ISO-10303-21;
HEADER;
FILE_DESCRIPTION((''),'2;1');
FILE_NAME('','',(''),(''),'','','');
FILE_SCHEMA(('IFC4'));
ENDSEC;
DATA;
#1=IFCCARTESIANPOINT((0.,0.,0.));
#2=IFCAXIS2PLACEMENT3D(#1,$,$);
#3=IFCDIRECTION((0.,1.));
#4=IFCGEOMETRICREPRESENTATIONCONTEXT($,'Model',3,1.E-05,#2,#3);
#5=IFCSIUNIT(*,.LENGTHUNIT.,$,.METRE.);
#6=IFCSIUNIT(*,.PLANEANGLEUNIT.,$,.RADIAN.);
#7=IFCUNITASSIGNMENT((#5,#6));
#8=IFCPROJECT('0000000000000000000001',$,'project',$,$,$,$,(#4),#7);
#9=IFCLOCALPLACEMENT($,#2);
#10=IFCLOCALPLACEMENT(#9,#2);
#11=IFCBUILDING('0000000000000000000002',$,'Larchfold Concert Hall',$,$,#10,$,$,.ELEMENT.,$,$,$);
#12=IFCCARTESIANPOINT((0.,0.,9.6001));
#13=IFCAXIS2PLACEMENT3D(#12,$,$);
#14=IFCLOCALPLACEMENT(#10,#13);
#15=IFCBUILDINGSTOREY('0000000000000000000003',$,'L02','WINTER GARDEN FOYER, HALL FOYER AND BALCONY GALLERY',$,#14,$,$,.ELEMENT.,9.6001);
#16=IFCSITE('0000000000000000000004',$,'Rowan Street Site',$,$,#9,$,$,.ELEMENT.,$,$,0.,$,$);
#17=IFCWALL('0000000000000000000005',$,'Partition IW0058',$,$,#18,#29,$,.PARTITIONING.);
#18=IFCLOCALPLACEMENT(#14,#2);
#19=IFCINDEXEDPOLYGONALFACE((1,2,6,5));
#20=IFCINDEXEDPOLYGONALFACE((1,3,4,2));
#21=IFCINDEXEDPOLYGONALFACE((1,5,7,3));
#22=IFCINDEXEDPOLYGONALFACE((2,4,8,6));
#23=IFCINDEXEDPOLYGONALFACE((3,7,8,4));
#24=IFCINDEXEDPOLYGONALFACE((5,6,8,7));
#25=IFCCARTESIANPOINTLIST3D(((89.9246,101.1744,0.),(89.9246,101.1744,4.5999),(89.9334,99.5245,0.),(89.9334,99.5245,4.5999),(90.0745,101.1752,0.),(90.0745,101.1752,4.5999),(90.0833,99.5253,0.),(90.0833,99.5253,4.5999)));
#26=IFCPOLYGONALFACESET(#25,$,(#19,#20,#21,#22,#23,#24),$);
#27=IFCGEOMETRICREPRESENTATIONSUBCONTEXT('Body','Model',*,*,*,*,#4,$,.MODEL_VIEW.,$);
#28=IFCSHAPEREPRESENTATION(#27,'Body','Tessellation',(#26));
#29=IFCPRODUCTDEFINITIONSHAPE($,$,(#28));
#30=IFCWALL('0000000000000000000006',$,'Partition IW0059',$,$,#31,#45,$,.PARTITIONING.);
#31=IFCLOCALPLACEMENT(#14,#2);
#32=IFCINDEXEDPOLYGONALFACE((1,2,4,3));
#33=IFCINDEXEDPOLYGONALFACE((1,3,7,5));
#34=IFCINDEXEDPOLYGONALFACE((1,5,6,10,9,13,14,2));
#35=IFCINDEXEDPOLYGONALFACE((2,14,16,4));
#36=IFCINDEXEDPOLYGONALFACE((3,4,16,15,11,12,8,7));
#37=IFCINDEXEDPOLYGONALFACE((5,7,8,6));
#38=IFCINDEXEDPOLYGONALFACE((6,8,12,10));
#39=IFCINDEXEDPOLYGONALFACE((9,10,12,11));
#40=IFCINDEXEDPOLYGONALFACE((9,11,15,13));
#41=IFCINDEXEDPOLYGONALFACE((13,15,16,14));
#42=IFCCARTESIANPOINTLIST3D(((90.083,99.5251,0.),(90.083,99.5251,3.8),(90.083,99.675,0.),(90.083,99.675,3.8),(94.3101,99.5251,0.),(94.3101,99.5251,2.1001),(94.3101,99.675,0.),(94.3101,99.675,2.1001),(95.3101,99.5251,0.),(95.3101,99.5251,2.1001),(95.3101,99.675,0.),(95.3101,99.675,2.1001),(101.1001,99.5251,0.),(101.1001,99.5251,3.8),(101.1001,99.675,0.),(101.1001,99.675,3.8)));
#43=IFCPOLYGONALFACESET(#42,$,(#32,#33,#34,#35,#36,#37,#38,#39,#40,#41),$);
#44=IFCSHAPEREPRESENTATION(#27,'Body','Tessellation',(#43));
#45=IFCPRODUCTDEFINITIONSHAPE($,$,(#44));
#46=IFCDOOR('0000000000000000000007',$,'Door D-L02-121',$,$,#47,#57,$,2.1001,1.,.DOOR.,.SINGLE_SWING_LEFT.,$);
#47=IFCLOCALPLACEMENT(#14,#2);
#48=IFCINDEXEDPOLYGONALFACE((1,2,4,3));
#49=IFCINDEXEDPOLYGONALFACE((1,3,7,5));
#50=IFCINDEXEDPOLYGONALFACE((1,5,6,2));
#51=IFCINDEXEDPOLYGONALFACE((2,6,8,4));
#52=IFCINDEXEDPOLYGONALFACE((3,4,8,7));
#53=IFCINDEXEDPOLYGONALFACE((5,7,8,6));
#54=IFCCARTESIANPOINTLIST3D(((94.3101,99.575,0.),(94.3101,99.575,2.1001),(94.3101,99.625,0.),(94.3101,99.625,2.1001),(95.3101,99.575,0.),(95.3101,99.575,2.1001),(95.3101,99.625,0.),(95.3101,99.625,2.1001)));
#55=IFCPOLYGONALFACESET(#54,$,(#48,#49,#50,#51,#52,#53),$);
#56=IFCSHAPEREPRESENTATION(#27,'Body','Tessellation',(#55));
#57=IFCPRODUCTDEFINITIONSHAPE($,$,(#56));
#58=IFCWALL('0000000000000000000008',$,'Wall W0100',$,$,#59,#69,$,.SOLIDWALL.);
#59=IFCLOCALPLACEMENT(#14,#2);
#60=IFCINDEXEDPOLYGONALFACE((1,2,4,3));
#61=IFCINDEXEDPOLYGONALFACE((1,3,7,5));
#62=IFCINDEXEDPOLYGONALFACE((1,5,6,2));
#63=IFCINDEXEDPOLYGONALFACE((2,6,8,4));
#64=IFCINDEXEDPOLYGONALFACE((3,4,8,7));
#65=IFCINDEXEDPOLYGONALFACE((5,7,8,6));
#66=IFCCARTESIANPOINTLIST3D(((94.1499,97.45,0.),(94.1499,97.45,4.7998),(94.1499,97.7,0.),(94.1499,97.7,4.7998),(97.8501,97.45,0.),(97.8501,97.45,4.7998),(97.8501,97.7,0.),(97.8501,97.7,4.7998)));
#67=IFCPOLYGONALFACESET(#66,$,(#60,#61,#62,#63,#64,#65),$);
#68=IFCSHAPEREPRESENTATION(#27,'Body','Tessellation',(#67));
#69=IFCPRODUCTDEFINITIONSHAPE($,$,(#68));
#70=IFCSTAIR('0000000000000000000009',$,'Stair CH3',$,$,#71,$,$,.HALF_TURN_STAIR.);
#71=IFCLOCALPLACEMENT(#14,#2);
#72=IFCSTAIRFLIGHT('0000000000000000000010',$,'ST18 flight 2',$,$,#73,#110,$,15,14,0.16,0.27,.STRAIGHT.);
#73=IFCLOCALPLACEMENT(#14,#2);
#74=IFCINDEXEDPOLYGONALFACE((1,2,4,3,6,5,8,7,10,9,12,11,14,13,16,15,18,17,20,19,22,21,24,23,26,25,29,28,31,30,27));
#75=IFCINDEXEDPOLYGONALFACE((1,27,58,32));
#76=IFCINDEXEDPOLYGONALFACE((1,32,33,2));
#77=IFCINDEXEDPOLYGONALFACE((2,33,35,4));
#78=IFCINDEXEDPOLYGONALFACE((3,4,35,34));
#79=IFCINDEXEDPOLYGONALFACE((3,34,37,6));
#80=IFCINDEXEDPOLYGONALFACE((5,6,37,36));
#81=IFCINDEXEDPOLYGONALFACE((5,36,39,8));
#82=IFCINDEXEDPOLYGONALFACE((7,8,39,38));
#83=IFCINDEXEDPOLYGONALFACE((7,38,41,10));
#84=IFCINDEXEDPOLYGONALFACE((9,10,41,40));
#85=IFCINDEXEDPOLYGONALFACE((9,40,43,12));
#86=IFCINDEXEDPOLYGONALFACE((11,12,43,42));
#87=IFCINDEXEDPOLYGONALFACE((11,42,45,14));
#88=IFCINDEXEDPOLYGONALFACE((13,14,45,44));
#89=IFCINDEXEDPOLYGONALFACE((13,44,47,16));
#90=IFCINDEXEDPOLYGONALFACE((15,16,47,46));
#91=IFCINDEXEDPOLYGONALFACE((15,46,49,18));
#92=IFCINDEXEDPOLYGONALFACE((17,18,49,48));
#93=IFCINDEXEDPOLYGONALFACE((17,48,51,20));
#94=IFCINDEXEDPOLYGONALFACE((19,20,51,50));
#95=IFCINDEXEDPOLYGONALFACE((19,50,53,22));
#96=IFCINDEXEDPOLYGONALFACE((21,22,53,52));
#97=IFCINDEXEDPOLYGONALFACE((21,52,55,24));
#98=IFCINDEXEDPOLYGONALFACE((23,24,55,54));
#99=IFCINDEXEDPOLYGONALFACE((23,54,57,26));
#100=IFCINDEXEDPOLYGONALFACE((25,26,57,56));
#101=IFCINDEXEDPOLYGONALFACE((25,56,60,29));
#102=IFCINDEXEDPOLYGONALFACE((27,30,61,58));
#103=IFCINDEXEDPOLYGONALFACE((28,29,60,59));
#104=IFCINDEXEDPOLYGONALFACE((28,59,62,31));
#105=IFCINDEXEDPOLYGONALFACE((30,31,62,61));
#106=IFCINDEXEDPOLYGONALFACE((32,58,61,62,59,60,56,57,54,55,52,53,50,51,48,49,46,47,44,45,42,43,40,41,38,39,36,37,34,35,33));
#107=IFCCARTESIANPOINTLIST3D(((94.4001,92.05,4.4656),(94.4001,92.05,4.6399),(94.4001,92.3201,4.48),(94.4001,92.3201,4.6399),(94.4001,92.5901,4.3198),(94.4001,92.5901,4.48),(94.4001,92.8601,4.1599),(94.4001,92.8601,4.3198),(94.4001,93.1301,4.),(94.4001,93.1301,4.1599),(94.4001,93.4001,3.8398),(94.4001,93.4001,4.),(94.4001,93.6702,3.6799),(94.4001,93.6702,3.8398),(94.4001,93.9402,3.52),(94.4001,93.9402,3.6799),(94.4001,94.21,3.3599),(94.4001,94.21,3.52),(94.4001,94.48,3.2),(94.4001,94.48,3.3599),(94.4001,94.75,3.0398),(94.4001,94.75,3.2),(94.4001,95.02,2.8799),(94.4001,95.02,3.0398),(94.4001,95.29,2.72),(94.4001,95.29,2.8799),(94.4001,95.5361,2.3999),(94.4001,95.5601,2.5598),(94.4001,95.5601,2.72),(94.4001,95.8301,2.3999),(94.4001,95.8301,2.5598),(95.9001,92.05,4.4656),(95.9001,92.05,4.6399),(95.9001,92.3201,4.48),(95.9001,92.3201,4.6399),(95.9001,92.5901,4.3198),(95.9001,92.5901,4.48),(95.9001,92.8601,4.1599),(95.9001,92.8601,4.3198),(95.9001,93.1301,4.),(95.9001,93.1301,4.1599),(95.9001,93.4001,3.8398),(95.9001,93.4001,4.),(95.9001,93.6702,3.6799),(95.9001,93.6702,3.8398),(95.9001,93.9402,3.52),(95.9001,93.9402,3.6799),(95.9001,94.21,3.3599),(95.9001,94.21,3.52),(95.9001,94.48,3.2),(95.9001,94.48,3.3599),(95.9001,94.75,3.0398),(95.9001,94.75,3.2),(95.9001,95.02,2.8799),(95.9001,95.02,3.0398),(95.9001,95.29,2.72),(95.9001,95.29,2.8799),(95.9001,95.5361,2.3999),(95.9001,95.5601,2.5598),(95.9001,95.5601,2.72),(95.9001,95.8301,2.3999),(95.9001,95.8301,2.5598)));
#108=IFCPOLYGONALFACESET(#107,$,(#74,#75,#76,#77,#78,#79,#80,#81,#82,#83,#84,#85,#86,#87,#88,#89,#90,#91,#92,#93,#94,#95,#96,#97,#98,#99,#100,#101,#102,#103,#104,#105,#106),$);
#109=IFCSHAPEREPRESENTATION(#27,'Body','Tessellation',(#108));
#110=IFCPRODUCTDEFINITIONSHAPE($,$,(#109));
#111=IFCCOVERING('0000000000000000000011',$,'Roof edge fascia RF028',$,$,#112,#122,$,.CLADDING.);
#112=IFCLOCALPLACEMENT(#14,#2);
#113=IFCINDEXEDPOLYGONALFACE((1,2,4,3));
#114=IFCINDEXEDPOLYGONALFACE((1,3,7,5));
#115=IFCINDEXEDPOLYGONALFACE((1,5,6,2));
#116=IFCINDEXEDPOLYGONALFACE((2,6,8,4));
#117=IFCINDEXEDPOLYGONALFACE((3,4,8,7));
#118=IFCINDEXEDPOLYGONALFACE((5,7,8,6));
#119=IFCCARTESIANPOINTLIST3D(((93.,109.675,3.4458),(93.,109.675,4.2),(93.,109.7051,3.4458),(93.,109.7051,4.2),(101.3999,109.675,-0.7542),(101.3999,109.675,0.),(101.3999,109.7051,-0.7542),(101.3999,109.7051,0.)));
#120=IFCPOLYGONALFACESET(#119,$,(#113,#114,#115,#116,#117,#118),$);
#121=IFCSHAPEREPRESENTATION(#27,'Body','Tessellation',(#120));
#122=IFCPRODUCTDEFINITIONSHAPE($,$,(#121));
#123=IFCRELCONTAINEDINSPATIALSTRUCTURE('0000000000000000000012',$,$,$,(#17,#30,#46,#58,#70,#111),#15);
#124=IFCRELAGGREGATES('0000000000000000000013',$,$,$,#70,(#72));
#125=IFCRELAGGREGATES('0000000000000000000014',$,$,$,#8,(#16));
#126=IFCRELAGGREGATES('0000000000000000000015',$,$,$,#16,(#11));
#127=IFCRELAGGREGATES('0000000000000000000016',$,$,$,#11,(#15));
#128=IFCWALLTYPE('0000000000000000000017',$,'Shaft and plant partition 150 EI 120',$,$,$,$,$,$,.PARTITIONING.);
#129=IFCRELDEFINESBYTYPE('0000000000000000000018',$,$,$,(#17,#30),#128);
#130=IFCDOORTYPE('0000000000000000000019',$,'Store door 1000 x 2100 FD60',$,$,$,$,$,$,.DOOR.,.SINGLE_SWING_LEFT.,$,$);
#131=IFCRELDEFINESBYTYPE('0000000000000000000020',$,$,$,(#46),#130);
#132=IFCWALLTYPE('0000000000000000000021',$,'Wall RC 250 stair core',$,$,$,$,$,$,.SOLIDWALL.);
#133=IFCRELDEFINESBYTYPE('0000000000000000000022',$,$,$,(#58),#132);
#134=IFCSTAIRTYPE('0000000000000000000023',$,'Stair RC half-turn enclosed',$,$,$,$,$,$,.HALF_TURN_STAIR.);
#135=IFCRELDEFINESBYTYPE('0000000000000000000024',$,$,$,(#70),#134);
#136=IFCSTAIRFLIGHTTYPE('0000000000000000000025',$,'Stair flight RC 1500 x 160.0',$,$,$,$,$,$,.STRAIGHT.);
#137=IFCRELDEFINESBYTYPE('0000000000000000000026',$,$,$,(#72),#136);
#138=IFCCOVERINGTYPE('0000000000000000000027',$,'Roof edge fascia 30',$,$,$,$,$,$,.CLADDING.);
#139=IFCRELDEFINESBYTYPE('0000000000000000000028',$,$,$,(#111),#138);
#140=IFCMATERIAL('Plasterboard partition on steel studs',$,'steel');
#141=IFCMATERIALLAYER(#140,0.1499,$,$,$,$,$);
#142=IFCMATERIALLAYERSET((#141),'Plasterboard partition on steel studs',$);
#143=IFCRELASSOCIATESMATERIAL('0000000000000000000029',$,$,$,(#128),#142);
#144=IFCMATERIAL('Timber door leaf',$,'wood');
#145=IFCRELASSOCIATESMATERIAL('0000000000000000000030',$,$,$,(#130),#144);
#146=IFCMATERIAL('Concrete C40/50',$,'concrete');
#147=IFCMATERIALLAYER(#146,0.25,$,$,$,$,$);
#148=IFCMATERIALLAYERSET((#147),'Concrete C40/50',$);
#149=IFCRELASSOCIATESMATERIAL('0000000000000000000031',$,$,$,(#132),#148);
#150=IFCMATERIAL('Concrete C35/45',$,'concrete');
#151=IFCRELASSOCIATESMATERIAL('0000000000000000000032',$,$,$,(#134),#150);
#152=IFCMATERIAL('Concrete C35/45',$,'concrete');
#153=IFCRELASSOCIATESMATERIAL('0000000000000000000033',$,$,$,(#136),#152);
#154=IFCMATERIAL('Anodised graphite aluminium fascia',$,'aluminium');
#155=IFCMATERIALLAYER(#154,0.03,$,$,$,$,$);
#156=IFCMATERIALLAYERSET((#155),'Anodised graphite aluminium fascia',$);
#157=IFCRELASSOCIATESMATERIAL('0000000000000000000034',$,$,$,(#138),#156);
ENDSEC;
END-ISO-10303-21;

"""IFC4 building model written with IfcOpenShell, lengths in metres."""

from ifc_helpers import new_model, si_unit, direction, frame, frame_2d, origin, place, context, subcontext, project, spatial, polyline, rectangle, outline, extrude, material, layer, layer_set, type_object, element, fill, aggregate, save


model = new_model("IFC4")

# Units and contexts
model_context = context("Model", 3, precision=1e-05, world=origin(), true_north=direction((0.0, 1.0)))
body_context = subcontext(model_context, "Body", "Model", "MODEL_VIEW")
ifc_project = project(units=[si_unit("LENGTHUNIT", "METRE"), si_unit("PLANEANGLEUNIT", "RADIAN")], contexts=[model_context])

# Site, building, storey
site_placement = place(None, origin())
site = spatial("IfcSite", under=ifc_project, at=site_placement, Name="Rowan Street Site", CompositionType="ELEMENT", RefElevation=0.0)
building_placement = place(site_placement, origin())
building = spatial("IfcBuilding", under=site, at=building_placement, Name="Larchfold Concert Hall", CompositionType="ELEMENT")
storey_placement = place(building_placement, frame((0.0, 0.0, 9.6001)))
storey = spatial("IfcBuildingStorey", under=building, at=storey_placement, Name="L02", Description="WINTER GARDEN FOYER, HALL FOYER AND BALCONY GALLERY", CompositionType="ELEMENT", Elevation=9.6001)

# Wall
ifc_material_1 = material(Name="Plasterboard partition on steel studs", Category="steel")
ifc_layer_1 = layer(ifc_material_1, 0.1499)
ifc_layer_set_1 = layer_set([ifc_layer_1], Name="Plasterboard partition on steel studs")
wall_type_1 = type_object("IfcWallType", Name="Shaft and plant partition 150 EI 120", PredefinedType="PARTITIONING", material=ifc_layer_set_1)
wall_1_placement = place(storey_placement, frame((89.9995, 101.1748, 0.0), z_axis=(0.0, 0.0, 1.0), x_axis=(0.005327, -0.999986, 0.0)))
element("IfcWall", 1, at=wall_1_placement, inside=storey, type_object=wall_type_1, Name="Partition IW0058", PredefinedType="PARTITIONING", context=body_context, shape_type="SweptSolid", body=[
    extrude(rectangle(XDim=1.6499, YDim=0.1499, at=frame_2d((0.825, 0.0))), origin(), (0.0, 0.0, 1.0), 4.5999),
])

# Wall, opening, door
wall_2_placement = place(storey_placement, frame((90.083, 99.6001, 0.0), z_axis=(0.0, 0.0, 1.0), x_axis=(1.0, 0.0, 0.0)))
wall_2 = element("IfcWall", 2, at=wall_2_placement, inside=storey, type_object=wall_type_1, Name="Partition IW0059", PredefinedType="PARTITIONING", context=body_context, shape_type="SweptSolid", body=[
    extrude(rectangle(XDim=11.0171, YDim=0.1499, at=frame_2d((5.5085, 0.0))), origin(), (0.0, 0.0, 1.0), 3.8),
])
opening_1_placement = place(wall_2_placement, frame((4.2271, 0.0, 0.0)))
opening_1 = element("IfcOpeningElement", 3, at=opening_1_placement, cuts=wall_2, PredefinedType="OPENING", context=body_context, shape_type="SweptSolid", body=[
    extrude(rectangle(XDim=1.0, YDim=2.1001, at=frame_2d((0.5, 1.05))), frame((0.0, 0.085, 0.0), z_axis=(0.0, -1.0, 0.0), x_axis=(1.0, 0.0, 0.0)), (0.0, 0.0, 1.0), 0.1699),
])
ifc_material_2 = material(Name="Timber door leaf", Category="wood")
door_type = type_object("IfcDoorType", Name="Store door 1000 x 2100 FD60", OperationType="SINGLE_SWING_LEFT", PredefinedType="DOOR", material=ifc_material_2)
door_placement = place(opening_1_placement, origin())
door = element("IfcDoor", 4, at=door_placement, inside=storey, type_object=door_type, Name="Door D-L02-121", OperationType="SINGLE_SWING_LEFT", OverallHeight=2.1001, OverallWidth=1.0, PredefinedType="DOOR", context=body_context, shape_type="SweptSolid", body=[
    extrude(rectangle(XDim=1.0, YDim=2.1001, at=frame_2d((0.5, 1.05))), frame((0.0, 0.0249, 0.0), z_axis=(0.0, -1.0, 0.0), x_axis=(1.0, 0.0, 0.0)), (0.0, 0.0, 1.0), 0.05),
])
fill(opening_1, door)

# Wall
ifc_material_3 = material(Name="Concrete C40/50", Category="concrete")
ifc_layer_2 = layer(ifc_material_3, 0.25)
ifc_layer_set_2 = layer_set([ifc_layer_2], Name="Concrete C40/50")
wall_type_2 = type_object("IfcWallType", Name="Wall RC 250 stair core", PredefinedType="SOLIDWALL", material=ifc_layer_set_2)
wall_3_placement = place(storey_placement, frame((94.1499, 97.575, 0.0), z_axis=(0.0, 0.0, 1.0), x_axis=(1.0, 0.0, 0.0)))
element("IfcWall", 5, at=wall_3_placement, inside=storey, type_object=wall_type_2, Name="Wall W0100", PredefinedType="SOLIDWALL", context=body_context, shape_type="SweptSolid", body=[
    extrude(rectangle(XDim=3.7002, YDim=0.25, at=frame_2d((1.8501, 0.0))), origin(), (0.0, 0.0, 1.0), 4.7998),
])

# Stair, stair flight
ifc_material_4 = material(Name="Concrete C35/45", Category="concrete")
stair_type = type_object("IfcStairType", Name="Stair RC half-turn enclosed", PredefinedType="HALF_TURN_STAIR", material=ifc_material_4)
stair_placement = place(storey_placement, origin())
stair = element("IfcStair", 6, at=stair_placement, inside=storey, type_object=stair_type, Name="Stair CH3", PredefinedType="HALF_TURN_STAIR")
ifc_material_5 = material(Name="Concrete C35/45", Category="concrete")
stair_flight_type = type_object("IfcStairFlightType", Name="Stair flight RC 1500 x 160.0", PredefinedType="STRAIGHT", material=ifc_material_5)
stair_flight_placement = place(storey_placement, frame((95.1501, 95.8301, 2.3999), z_axis=(0.0, 0.0, 1.0), x_axis=(0.0, -1.0, 0.0)))
stair_flight = element("IfcStairFlight", 7, at=stair_flight_placement, type_object=stair_flight_type, Name="ST18 flight 2", NumberOfRisers=15, NumberOfTreads=14, PredefinedType="STRAIGHT", RiserHeight=0.16, TreadLength=0.27, context=body_context, shape_type="SweptSolid", body=[
    extrude(outline(polyline([(0.0, 0.0), (0.0, 0.1599), (0.27, 0.1599), (0.27, 0.3201), (0.54, 0.3201), (0.54, 0.48), (0.8101, 0.48), (0.8101, 0.6399), (1.0801, 0.6399), (1.0801, 0.8), (1.3501, 0.8), (1.3501, 0.96), (1.6201, 0.96), (1.6201, 1.1201), (1.8899, 1.1201), (1.8899, 1.28), (2.1599, 1.28), (2.1599, 1.4399), (2.4299, 1.4399), (2.4299, 1.6001), (2.7, 1.6001), (2.7, 1.76), (2.97, 1.76), (2.97, 1.9199), (3.24, 1.9199), (3.24, 2.0801), (3.51, 2.0801), (3.51, 2.24), (3.78, 2.24), (3.78, 2.3999), (3.78, 2.0657), (0.2939, 0.0), (0.0, 0.0)])), frame((0.0, 0.75, 0.0), z_axis=(0.0, -1.0, 0.0), x_axis=(1.0, 0.0, 0.0)), (0.0, 0.0, 1.0), 1.5),
])
aggregate(stair, [stair_flight])

# Covering
ifc_material_6 = material(Name="Anodised graphite aluminium fascia", Category="aluminium")
ifc_layer_3 = layer(ifc_material_6, 0.03)
ifc_layer_set_3 = layer_set([ifc_layer_3], Name="Anodised graphite aluminium fascia")
covering_type = type_object("IfcCoveringType", Name="Roof edge fascia 30", PredefinedType="CLADDING", material=ifc_layer_set_3)
covering_placement = place(storey_placement, frame((93.0, 109.675, 3.4458), z_axis=(0.0, -1.0, 0.0), x_axis=(0.894427, 0.0, -0.447214)))
element("IfcCovering", 8, at=covering_placement, inside=storey, type_object=covering_type, Name="Roof edge fascia RF028", PredefinedType="CLADDING", context=body_context, shape_type="SweptSolid", body=[
    extrude(outline(polyline([(0.0, 0.0), (9.3914, 0.0), (9.0541, 0.6745), (-0.3373, 0.6745), (0.0, 0.0)])), origin(), (0.0, 0.0, -1.0), 0.03),
])

save(model, "model.ifc")
